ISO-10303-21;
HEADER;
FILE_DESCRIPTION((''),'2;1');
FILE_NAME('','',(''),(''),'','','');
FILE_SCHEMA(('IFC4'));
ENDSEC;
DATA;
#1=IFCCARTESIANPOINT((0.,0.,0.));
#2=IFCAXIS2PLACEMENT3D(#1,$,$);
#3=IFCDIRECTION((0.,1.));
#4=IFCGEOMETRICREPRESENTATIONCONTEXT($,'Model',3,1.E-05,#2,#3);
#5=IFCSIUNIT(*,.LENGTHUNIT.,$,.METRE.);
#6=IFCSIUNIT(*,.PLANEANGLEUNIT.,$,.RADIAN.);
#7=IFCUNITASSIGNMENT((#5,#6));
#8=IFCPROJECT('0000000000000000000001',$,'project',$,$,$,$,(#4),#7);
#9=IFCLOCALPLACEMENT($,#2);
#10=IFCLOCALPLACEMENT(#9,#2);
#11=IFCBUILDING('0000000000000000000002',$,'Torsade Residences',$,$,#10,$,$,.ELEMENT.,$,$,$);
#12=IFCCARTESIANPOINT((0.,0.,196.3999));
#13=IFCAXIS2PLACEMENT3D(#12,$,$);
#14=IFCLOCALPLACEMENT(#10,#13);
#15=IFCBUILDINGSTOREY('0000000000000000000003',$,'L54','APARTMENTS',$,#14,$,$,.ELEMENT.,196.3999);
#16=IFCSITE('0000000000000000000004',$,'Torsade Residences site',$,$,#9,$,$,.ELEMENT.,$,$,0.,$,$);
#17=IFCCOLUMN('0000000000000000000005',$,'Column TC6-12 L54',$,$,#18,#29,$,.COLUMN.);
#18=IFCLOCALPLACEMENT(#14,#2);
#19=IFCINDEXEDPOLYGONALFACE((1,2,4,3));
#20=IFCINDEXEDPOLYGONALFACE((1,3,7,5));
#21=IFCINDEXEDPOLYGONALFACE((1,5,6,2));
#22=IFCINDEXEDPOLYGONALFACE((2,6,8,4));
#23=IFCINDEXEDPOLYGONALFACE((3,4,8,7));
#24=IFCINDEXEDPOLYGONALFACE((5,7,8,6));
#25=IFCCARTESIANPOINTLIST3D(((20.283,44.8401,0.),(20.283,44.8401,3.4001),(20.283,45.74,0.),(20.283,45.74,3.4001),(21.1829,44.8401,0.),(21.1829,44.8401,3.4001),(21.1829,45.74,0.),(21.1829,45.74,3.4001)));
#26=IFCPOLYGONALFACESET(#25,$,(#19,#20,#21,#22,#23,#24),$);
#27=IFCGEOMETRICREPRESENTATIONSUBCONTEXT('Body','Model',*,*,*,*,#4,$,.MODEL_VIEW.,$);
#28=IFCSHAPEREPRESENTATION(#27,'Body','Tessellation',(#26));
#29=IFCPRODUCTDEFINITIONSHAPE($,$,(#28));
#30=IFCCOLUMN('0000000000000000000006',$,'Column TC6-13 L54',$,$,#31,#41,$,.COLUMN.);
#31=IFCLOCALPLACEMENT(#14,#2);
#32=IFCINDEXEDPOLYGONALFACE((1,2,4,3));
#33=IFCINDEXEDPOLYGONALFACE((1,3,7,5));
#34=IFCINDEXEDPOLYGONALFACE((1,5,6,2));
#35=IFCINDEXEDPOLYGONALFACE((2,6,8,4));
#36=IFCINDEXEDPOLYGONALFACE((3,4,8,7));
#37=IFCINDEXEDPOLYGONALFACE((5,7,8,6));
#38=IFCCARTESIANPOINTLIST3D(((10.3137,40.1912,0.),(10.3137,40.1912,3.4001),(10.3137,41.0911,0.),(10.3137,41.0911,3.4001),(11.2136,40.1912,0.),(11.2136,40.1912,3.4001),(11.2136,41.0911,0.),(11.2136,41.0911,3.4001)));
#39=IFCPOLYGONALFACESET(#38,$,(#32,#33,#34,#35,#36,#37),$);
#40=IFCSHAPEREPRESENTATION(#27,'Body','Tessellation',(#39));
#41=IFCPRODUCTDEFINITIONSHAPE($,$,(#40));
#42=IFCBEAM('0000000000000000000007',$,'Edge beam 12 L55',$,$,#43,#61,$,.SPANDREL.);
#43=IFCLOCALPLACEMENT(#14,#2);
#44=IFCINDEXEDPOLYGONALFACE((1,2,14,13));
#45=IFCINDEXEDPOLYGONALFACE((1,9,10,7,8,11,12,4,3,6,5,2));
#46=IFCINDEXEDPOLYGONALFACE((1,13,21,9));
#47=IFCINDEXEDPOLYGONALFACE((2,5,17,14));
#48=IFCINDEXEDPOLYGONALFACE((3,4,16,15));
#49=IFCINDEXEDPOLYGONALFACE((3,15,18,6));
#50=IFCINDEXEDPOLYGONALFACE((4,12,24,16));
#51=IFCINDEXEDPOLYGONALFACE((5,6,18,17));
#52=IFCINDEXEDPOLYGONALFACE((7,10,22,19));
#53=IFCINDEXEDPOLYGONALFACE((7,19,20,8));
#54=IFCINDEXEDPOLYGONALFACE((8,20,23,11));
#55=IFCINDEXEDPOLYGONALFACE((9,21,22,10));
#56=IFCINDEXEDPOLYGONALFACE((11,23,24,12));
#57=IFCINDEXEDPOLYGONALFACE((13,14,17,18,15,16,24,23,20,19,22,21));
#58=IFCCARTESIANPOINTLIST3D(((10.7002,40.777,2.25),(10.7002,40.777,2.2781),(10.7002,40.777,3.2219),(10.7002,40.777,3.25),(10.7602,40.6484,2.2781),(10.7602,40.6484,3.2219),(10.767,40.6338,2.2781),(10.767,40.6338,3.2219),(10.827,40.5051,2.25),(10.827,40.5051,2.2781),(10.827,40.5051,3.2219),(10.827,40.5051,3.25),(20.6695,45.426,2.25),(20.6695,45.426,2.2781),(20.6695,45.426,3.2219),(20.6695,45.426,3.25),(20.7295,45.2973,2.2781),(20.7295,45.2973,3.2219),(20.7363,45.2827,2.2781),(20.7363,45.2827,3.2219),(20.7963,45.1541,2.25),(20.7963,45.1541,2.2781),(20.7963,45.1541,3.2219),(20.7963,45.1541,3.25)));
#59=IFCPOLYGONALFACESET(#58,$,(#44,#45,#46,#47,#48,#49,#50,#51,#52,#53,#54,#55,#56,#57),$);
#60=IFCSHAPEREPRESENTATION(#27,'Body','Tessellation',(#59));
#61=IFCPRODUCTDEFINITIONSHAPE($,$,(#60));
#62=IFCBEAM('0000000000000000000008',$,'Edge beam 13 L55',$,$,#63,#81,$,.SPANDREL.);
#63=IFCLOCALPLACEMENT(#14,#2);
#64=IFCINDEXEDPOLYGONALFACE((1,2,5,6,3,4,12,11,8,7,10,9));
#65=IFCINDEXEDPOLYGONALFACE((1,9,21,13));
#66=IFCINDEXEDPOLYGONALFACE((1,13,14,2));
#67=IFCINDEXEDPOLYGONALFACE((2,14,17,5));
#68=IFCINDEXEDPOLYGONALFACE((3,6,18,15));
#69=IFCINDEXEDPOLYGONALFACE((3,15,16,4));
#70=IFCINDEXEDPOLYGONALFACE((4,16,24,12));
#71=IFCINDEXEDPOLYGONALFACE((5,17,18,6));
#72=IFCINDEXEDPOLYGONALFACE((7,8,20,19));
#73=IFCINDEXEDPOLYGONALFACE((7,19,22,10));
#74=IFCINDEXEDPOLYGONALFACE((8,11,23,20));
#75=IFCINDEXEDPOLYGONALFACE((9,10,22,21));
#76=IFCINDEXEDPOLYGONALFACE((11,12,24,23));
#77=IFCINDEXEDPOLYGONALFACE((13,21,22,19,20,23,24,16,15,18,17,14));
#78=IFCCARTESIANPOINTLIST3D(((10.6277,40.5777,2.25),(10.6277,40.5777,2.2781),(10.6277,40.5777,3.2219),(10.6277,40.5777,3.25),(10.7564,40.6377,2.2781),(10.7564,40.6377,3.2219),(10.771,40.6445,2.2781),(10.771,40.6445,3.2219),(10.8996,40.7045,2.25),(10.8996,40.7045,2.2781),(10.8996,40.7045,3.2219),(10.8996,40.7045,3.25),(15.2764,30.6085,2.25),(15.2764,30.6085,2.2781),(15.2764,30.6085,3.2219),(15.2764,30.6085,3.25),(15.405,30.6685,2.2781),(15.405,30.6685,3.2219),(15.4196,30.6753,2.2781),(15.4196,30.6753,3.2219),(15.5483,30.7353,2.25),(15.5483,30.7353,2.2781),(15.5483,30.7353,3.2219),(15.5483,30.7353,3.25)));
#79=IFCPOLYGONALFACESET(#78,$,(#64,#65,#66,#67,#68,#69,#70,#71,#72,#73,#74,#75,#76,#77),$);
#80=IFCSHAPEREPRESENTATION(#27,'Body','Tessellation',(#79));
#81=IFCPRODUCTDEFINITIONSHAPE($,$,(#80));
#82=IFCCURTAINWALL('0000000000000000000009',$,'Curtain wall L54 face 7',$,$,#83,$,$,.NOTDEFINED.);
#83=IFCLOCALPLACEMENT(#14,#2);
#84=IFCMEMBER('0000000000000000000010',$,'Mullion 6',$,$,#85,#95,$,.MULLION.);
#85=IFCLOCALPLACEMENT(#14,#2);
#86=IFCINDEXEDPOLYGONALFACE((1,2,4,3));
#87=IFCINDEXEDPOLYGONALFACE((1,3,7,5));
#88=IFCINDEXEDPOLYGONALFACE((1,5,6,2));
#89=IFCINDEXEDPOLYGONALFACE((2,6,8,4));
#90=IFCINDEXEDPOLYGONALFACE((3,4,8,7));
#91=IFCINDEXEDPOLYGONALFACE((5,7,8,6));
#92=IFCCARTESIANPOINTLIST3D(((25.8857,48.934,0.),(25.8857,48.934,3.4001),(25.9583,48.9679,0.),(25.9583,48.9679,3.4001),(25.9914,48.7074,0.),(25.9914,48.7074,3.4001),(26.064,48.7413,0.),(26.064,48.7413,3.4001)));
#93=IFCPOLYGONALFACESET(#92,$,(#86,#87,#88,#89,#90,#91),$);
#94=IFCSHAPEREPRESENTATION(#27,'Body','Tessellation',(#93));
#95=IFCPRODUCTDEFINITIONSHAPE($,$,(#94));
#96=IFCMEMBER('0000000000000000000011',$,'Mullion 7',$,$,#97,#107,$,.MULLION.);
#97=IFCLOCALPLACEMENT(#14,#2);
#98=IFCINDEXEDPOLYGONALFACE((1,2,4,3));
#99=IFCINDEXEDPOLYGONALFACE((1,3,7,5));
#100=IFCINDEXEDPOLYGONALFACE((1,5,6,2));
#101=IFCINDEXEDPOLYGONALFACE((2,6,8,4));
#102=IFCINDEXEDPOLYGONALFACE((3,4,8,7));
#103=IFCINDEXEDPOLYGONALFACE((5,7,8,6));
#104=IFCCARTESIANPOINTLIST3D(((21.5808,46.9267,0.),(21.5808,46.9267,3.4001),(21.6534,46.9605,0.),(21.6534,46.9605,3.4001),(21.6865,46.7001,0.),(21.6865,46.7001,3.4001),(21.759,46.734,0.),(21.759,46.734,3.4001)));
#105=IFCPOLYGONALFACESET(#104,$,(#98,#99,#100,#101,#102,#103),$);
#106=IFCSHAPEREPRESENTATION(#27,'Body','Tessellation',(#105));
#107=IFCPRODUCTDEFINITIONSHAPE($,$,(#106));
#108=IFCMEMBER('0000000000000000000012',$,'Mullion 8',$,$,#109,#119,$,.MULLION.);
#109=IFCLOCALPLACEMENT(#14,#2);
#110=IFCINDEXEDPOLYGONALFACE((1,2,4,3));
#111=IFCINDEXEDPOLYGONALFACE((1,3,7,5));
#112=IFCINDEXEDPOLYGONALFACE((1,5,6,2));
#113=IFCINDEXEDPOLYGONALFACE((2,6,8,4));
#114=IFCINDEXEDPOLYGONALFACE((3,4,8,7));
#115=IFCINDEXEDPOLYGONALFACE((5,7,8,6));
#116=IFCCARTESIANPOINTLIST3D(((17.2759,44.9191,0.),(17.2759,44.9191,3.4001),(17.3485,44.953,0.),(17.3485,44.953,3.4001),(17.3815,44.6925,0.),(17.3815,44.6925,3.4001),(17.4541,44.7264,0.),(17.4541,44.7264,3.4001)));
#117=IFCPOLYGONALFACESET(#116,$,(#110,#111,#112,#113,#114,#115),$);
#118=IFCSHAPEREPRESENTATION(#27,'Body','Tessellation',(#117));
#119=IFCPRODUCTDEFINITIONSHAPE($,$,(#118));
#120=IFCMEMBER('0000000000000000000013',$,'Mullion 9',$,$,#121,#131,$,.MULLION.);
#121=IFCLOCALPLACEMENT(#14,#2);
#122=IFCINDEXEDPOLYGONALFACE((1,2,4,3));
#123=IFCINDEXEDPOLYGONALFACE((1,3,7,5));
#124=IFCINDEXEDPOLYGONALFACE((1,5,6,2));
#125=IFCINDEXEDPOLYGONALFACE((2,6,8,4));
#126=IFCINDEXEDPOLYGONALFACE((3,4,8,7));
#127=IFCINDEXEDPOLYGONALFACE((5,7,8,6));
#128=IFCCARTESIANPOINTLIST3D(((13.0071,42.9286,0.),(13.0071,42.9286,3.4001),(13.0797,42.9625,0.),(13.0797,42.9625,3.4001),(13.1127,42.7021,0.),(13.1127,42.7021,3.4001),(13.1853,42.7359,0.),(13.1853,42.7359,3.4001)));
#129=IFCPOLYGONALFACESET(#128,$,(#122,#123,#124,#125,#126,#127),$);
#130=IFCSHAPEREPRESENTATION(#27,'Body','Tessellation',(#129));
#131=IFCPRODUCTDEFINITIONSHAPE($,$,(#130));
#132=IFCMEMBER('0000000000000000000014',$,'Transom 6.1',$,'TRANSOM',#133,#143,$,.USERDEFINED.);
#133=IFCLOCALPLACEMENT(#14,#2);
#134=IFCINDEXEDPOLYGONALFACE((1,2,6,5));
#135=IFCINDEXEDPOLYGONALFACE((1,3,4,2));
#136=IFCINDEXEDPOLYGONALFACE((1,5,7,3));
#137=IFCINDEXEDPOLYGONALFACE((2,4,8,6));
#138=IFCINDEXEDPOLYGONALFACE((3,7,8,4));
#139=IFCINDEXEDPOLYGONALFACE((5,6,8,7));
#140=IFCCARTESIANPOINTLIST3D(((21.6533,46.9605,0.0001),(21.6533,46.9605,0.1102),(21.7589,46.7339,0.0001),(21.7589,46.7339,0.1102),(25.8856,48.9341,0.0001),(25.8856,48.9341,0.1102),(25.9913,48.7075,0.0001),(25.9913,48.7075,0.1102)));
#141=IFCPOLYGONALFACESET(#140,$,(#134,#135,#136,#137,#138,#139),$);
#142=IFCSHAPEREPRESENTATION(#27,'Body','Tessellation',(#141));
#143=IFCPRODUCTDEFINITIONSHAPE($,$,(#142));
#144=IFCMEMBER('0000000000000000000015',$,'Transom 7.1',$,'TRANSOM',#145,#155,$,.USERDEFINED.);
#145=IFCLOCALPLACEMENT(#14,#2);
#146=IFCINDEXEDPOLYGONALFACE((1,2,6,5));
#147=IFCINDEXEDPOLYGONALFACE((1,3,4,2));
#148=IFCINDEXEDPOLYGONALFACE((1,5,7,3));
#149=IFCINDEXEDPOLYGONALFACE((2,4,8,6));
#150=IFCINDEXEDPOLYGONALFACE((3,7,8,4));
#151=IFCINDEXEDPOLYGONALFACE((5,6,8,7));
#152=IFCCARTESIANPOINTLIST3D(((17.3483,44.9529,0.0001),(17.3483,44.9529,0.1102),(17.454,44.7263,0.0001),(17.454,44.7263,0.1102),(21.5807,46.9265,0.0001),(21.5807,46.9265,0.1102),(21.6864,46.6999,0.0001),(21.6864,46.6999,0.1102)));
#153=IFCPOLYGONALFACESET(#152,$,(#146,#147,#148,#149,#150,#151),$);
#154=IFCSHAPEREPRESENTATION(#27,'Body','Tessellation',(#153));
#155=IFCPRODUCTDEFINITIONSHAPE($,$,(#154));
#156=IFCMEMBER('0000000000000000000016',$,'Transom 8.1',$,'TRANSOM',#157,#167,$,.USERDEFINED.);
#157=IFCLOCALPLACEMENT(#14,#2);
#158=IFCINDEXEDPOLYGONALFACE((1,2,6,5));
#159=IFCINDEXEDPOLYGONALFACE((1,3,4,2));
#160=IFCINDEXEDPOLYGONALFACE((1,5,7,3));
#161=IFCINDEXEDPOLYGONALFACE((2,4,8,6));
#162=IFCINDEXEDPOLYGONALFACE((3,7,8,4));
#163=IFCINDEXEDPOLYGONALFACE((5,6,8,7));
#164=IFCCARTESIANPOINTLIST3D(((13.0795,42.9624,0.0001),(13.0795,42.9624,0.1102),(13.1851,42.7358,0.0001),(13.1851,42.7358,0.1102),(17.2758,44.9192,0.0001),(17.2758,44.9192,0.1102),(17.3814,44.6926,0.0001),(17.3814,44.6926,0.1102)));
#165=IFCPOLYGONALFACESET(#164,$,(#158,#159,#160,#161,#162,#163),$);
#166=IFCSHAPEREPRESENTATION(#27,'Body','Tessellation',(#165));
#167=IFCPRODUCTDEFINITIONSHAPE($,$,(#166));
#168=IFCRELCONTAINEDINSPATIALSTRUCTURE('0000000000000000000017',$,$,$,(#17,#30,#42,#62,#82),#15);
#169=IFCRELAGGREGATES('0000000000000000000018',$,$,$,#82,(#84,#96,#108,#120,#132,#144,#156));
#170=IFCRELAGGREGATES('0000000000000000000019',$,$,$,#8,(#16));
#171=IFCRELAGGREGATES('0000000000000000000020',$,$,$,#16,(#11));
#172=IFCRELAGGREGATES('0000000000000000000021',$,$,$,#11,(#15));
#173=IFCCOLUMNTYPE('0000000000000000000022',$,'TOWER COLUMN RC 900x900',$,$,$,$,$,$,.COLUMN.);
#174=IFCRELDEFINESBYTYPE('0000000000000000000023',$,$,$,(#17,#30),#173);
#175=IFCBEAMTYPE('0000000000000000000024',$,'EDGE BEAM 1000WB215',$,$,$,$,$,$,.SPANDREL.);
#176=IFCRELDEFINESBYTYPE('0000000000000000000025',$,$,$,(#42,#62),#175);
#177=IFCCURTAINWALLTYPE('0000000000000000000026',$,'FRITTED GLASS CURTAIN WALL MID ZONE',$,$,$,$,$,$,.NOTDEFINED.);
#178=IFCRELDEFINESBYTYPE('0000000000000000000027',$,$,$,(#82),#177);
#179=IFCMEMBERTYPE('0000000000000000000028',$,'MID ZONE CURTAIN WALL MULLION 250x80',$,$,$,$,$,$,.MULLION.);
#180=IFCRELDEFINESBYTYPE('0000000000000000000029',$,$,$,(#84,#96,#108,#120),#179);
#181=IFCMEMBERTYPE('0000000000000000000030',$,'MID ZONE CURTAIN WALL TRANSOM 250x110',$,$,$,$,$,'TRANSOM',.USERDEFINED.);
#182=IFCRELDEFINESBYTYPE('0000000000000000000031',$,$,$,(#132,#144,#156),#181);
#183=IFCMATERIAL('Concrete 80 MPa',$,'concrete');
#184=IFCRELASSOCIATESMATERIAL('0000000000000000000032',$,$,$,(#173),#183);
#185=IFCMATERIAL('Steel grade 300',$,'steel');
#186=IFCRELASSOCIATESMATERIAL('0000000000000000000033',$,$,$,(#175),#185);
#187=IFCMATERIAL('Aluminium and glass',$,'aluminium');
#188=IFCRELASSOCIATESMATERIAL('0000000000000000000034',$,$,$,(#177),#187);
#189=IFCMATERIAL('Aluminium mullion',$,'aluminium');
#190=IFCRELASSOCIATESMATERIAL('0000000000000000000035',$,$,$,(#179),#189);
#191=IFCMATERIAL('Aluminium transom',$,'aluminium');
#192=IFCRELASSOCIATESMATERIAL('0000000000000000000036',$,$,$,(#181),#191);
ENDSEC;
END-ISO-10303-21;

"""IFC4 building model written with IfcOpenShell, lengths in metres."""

from ifc_helpers import new_model, si_unit, direction, frame, origin, origin_2d, place, context, subcontext, project, spatial, rectangle, i_section, extrude, material, material_profile, profile_set, type_object, element, aggregate, save


model = new_model("IFC4")

# Units and contexts
model_context = context("Model", 3, precision=1e-05, world=origin(), true_north=direction((0.0, 1.0)))
body_context = subcontext(model_context, "Body", "Model", "MODEL_VIEW")
ifc_project = project(units=[si_unit("LENGTHUNIT", "METRE"), si_unit("PLANEANGLEUNIT", "RADIAN")], contexts=[model_context])

# Site, building, storey
site_placement = place(None, origin())
site = spatial("IfcSite", under=ifc_project, at=site_placement, Name="Torsade Residences site", CompositionType="ELEMENT", RefElevation=0.0)
building_placement = place(site_placement, origin())
building = spatial("IfcBuilding", under=site, at=building_placement, Name="Torsade Residences", CompositionType="ELEMENT")
storey_placement = place(building_placement, frame((0.0, 0.0, 196.3999)))
storey = spatial("IfcBuildingStorey", under=building, at=storey_placement, Name="L54", Description="APARTMENTS", CompositionType="ELEMENT", Elevation=196.3999)

# Columns
ifc_material_1 = material(Name="Concrete 80 MPa", Category="concrete")
ifc_material_profile_1 = material_profile(ifc_material_1, rectangle(XDim=0.8999, YDim=0.8999, at=origin_2d()), Name="RC 900x900")
ifc_profile_set_1 = profile_set([ifc_material_profile_1], Name="Concrete 80 MPa")
column_type = type_object("IfcColumnType", Name="TOWER COLUMN RC 900x900", PredefinedType="COLUMN", material=ifc_profile_set_1)
for number, where, z_axis, x_axis, name in (
    (1, (20.7329, 45.29, 0.0), (0.0, 0.0, 1.0), (1.0, 0.0, 0.0), "Column TC6-12 L54"),
    (2, (10.7637, 40.6411, 0.0), (0.0, 0.0, 1.0), (1.0, 0.0, 0.0), "Column TC6-13 L54"),
):
    element("IfcColumn", number, at=place(storey_placement, frame(where, z_axis=z_axis, x_axis=x_axis)), inside=storey, type_object=column_type, Name=name, PredefinedType="COLUMN", context=body_context, shape_type="SweptSolid", body=[
        extrude(rectangle(XDim=0.8999, YDim=0.8999, at=origin_2d()), origin(), (0.0, 0.0, 1.0), 3.4001),
    ])

# Beams
ifc_material_2 = material(Name="Steel grade 300", Category="steel")
ifc_material_profile_2 = material_profile(ifc_material_2, i_section(OverallWidth=0.3, OverallDepth=1.0, WebThickness=0.0161, FlangeThickness=0.0281, at=origin_2d()), Name="1000WB215")
ifc_profile_set_2 = profile_set([ifc_material_profile_2], Name="Steel grade 300")
beam_type_1 = type_object("IfcBeamType", Name="EDGE BEAM 1000WB215", PredefinedType="SPANDREL", material=ifc_profile_set_2)
beam_1_placement = place(storey_placement, frame((20.7329, 45.29, 2.75), z_axis=(-0.906301, -0.422633, 0.0), x_axis=(0.422633, -0.906301, 0.0)))
element("IfcBeam", 3, at=beam_1_placement, inside=storey, type_object=beam_type_1, Name="Edge beam 12 L55", PredefinedType="SPANDREL", context=body_context, shape_type="SweptSolid", body=[
    extrude(i_section(OverallWidth=0.3, OverallDepth=1.0, WebThickness=0.0161, FlangeThickness=0.0281, at=origin_2d()), origin(), (0.0, 0.0, 1.0), 11.0),
])
beam_2_placement = place(storey_placement, frame((10.7637, 40.6411, 2.75), z_axis=(0.422614, -0.90631, 0.0), x_axis=(0.90631, 0.422614, 0.0)))
element("IfcBeam", 4, at=beam_2_placement, inside=storey, type_object=beam_type_1, Name="Edge beam 13 L55", PredefinedType="SPANDREL", context=body_context, shape_type="SweptSolid", body=[
    extrude(i_section(OverallWidth=0.3, OverallDepth=1.0, WebThickness=0.0161, FlangeThickness=0.0281, at=origin_2d()), origin(), (0.0, 0.0, 1.0), 10.9998),
])

# Curtain wall, members
ifc_material_3 = material(Name="Aluminium and glass", Category="aluminium")
curtain_wall_type = type_object("IfcCurtainWallType", Name="FRITTED GLASS CURTAIN WALL MID ZONE", PredefinedType="NOTDEFINED", material=ifc_material_3)
curtain_wall_placement = place(storey_placement, origin())
curtain_wall = element("IfcCurtainWall", 5, at=curtain_wall_placement, inside=storey, type_object=curtain_wall_type, Name="Curtain wall L54 face 7", PredefinedType="NOTDEFINED")
ifc_material_4 = material(Name="Aluminium mullion", Category="aluminium")
ifc_material_profile_3 = material_profile(ifc_material_4, rectangle(XDim=0.25, YDim=0.0801, at=origin_2d()), Name="MID ZONE CURTAIN WALL MULLION 250x80")
ifc_profile_set_3 = profile_set([ifc_material_profile_3], Name="Aluminium mullion")
member_type_1 = type_object("IfcMemberType", Name="MID ZONE CURTAIN WALL MULLION 250x80", PredefinedType="MULLION", material=ifc_profile_set_3)
member_1_placement = place(storey_placement, frame((25.9749, 48.8376, 0.0), z_axis=(0.0, 0.0, 1.0), x_axis=(0.422618, -0.906308, 0.0)))
member_1 = element("IfcMember", 6, at=member_1_placement, type_object=member_type_1, Name="Mullion 6", PredefinedType="MULLION", context=body_context, shape_type="SweptSolid", body=[
    extrude(rectangle(XDim=0.25, YDim=0.0801, at=origin_2d()), origin(), (0.0, 0.0, 1.0), 3.4001),
])
member_2_placement = place(storey_placement, frame((21.6699, 46.8303, 0.0), z_axis=(0.0, 0.0, 1.0), x_axis=(0.422618, -0.906308, 0.0)))
member_2 = element("IfcMember", 7, at=member_2_placement, type_object=member_type_1, Name="Mullion 7", PredefinedType="MULLION", context=body_context, shape_type="SweptSolid", body=[
    extrude(rectangle(XDim=0.25, YDim=0.0801, at=origin_2d()), origin(), (0.0, 0.0, 1.0), 3.4001),
])
member_3_placement = place(storey_placement, frame((17.365, 44.8228, 0.0), z_axis=(0.0, 0.0, 1.0), x_axis=(0.422618, -0.906308, 0.0)))
member_3 = element("IfcMember", 8, at=member_3_placement, type_object=member_type_1, Name="Mullion 8", PredefinedType="MULLION", context=body_context, shape_type="SweptSolid", body=[
    extrude(rectangle(XDim=0.25, YDim=0.0801, at=origin_2d()), origin(), (0.0, 0.0, 1.0), 3.4001),
])
member_4_placement = place(storey_placement, frame((13.0962, 42.8323, 0.0), z_axis=(0.0, 0.0, 1.0), x_axis=(0.422618, -0.906308, 0.0)))
member_4 = element("IfcMember", 9, at=member_4_placement, type_object=member_type_1, Name="Mullion 9", PredefinedType="MULLION", context=body_context, shape_type="SweptSolid", body=[
    extrude(rectangle(XDim=0.25, YDim=0.0801, at=origin_2d()), origin(), (0.0, 0.0, 1.0), 3.4001),
])
ifc_material_5 = material(Name="Aluminium transom", Category="aluminium")
ifc_material_profile_4 = material_profile(ifc_material_5, rectangle(XDim=0.25, YDim=0.1101, at=origin_2d()), Name="MID ZONE CURTAIN WALL TRANSOM 250x110")
ifc_profile_set_4 = profile_set([ifc_material_profile_4], Name="Aluminium transom")
member_type_2 = type_object("IfcMemberType", Name="MID ZONE CURTAIN WALL TRANSOM 250x110", ElementType="TRANSOM", PredefinedType="USERDEFINED", material=ifc_profile_set_4)
member_5_placement = place(storey_placement, frame((25.9385, 48.8208, 0.0552), z_axis=(-0.906306, -0.422622, 0.0), x_axis=(0.422622, -0.906306, 0.0)))
member_5 = element("IfcMember", 10, at=member_5_placement, type_object=member_type_2, Name="Transom 6.1", ObjectType="TRANSOM", PredefinedType="USERDEFINED", context=body_context, shape_type="SweptSolid", body=[
    extrude(rectangle(XDim=0.25, YDim=0.1101, at=origin_2d()), origin(), (0.0, 0.0, 1.0), 4.6699),
])
member_6_placement = place(storey_placement, frame((21.6335, 46.8132, 0.0552), z_axis=(-0.906306, -0.422622, 0.0), x_axis=(0.422622, -0.906306, 0.0)))
member_6 = element("IfcMember", 11, at=member_6_placement, type_object=member_type_2, Name="Transom 7.1", ObjectType="TRANSOM", PredefinedType="USERDEFINED", context=body_context, shape_type="SweptSolid", body=[
    extrude(rectangle(XDim=0.25, YDim=0.1101, at=origin_2d()), origin(), (0.0, 0.0, 1.0), 4.6699),
])
member_7_placement = place(storey_placement, frame((17.3286, 44.8059, 0.0552), z_axis=(-0.906306, -0.422623, 0.0), x_axis=(0.422623, -0.906306, 0.0)))
member_7 = element("IfcMember", 12, at=member_7_placement, type_object=member_type_2, Name="Transom 8.1", ObjectType="TRANSOM", PredefinedType="USERDEFINED", context=body_context, shape_type="SweptSolid", body=[
    extrude(rectangle(XDim=0.25, YDim=0.1101, at=origin_2d()), origin(), (0.0, 0.0, 1.0), 4.6301),
])

aggregate(curtain_wall, [member_1, member_2, member_3, member_4, member_5, member_6, member_7])

save(model, "model.ifc")
